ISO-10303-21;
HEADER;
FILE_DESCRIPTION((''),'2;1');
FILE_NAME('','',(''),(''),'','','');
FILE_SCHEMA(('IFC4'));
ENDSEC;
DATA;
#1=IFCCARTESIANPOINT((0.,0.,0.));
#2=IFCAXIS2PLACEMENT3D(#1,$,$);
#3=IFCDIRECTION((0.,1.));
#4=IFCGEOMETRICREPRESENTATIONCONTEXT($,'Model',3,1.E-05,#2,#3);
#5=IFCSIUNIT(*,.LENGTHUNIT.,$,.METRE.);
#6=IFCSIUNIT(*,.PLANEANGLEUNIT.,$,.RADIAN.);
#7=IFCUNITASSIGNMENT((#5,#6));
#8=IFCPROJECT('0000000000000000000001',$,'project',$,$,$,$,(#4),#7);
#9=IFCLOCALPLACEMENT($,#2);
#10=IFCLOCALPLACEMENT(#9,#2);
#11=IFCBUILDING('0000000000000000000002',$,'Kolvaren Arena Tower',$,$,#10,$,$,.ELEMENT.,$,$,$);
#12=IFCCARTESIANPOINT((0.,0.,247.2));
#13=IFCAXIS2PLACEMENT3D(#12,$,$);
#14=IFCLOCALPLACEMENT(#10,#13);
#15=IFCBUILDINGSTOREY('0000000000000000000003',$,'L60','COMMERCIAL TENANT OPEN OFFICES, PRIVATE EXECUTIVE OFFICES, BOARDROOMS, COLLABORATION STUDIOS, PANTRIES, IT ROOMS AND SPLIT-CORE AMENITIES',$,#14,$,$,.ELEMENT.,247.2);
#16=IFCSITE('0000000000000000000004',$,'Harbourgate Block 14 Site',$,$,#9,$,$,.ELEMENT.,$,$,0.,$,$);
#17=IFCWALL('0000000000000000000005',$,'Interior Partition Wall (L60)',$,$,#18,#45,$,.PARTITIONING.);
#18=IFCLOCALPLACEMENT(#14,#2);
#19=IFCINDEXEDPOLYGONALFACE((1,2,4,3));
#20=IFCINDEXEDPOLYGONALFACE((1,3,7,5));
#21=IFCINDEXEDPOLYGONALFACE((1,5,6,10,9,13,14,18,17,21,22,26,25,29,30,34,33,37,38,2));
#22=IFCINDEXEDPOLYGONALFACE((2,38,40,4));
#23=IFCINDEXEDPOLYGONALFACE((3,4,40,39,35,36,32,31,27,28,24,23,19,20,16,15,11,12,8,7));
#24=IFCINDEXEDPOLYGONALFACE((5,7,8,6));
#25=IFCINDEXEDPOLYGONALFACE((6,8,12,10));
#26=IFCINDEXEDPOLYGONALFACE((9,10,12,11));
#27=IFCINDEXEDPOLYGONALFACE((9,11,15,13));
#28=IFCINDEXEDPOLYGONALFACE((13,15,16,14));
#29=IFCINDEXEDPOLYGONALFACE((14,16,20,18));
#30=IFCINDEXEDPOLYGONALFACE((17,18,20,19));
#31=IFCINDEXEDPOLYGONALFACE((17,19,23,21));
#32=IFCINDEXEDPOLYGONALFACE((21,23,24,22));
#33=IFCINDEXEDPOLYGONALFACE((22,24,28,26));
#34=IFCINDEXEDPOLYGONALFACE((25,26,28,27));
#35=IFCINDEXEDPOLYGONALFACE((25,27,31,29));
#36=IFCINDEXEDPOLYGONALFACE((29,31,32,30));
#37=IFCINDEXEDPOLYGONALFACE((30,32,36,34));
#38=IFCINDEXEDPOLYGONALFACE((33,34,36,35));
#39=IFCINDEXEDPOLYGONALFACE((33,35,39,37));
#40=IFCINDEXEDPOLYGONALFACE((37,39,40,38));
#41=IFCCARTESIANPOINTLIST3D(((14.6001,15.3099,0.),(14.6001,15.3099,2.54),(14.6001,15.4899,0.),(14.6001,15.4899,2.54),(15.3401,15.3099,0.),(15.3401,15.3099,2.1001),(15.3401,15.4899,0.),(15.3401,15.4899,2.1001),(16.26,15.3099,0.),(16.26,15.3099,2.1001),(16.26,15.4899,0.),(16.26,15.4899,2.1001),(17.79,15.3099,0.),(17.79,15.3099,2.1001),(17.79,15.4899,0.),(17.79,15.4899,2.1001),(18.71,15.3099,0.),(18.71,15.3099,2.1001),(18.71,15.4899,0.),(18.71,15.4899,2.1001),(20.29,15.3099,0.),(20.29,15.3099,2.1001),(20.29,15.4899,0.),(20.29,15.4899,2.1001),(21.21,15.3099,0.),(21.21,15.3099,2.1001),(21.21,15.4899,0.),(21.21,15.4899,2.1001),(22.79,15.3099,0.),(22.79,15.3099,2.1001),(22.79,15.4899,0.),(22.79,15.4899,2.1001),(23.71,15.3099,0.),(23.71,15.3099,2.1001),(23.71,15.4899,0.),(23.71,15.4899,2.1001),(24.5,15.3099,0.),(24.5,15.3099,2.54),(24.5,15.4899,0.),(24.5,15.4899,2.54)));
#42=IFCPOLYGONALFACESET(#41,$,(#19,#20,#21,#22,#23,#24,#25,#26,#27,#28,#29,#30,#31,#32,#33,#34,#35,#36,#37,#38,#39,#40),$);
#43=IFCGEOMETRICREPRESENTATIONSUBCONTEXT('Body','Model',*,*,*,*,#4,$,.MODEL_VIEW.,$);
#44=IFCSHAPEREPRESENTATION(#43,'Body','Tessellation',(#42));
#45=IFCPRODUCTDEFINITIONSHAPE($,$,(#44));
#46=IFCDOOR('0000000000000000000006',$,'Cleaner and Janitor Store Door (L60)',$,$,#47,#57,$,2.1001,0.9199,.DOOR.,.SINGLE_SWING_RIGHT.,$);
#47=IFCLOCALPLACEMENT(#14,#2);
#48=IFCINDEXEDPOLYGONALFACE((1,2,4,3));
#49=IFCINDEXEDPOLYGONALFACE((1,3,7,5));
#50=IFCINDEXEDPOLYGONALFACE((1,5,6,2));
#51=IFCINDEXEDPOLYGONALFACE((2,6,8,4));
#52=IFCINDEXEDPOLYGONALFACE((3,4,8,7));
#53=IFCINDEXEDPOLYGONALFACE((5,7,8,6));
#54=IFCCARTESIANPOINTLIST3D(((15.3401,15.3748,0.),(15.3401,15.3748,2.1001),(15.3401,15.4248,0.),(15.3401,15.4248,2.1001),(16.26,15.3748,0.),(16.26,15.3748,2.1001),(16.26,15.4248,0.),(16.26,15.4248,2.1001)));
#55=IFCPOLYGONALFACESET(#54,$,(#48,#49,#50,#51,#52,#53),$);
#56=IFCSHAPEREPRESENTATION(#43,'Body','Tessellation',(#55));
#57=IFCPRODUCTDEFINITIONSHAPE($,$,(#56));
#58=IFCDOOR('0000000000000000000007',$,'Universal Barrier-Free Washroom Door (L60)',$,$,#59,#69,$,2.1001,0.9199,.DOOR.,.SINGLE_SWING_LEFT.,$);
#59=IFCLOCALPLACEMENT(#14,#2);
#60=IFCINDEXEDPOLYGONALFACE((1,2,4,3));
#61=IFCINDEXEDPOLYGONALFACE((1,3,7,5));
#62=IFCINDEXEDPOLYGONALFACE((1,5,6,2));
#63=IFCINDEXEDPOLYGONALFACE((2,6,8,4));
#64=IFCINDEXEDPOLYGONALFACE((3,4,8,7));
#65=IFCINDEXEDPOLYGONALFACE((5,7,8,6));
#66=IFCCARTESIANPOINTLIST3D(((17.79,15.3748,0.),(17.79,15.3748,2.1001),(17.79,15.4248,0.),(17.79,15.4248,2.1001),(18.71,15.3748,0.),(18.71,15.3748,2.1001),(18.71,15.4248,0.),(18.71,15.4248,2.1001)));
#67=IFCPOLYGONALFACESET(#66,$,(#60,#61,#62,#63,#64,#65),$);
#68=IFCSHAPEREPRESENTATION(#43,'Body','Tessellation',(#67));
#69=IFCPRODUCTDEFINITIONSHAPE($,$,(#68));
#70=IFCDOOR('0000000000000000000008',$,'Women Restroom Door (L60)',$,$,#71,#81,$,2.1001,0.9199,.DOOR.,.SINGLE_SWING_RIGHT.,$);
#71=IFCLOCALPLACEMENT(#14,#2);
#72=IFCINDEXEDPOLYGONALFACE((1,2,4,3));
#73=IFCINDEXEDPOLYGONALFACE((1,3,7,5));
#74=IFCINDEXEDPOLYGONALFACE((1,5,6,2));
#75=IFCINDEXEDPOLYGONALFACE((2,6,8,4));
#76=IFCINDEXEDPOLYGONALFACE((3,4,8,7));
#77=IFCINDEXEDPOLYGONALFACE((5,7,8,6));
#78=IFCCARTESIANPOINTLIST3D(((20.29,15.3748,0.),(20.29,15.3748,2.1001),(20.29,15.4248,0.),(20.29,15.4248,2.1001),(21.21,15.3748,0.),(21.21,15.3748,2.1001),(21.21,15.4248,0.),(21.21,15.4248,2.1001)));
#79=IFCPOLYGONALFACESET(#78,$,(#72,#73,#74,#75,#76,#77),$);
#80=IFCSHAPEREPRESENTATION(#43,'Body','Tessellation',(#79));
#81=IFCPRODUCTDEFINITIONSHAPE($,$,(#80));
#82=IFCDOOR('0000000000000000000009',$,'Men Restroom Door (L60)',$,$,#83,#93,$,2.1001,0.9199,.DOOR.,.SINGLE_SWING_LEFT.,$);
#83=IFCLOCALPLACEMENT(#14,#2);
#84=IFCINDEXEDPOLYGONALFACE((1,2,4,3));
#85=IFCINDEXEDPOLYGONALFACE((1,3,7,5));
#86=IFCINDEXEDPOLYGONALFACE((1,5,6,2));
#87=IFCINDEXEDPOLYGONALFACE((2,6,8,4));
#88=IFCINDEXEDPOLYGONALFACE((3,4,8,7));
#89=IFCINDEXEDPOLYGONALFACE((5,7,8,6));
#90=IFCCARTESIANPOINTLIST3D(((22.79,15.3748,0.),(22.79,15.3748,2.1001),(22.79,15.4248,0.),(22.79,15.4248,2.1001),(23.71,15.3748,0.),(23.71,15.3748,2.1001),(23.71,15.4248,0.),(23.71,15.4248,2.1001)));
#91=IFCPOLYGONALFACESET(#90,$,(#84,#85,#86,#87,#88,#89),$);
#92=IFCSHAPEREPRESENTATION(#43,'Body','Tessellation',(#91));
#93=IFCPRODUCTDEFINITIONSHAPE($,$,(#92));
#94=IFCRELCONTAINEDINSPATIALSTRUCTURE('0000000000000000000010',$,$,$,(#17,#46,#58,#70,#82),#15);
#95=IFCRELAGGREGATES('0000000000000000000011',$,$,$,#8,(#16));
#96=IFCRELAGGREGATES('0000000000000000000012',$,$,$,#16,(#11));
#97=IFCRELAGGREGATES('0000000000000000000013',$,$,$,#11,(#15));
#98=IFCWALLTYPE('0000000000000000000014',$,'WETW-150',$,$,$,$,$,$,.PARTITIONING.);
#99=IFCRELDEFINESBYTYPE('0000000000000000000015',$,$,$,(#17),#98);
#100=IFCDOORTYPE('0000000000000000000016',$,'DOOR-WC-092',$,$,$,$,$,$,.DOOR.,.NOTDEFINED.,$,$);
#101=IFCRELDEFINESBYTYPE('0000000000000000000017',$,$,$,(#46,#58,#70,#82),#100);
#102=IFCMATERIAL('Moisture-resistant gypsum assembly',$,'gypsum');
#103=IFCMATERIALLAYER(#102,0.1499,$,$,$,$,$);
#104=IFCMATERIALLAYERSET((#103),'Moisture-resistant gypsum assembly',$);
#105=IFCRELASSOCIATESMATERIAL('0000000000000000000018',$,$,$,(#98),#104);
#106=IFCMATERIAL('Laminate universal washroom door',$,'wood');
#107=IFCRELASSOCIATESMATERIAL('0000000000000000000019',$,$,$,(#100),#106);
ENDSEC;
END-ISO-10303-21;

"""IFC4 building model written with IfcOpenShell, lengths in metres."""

from ifc_helpers import new_model, si_unit, direction, frame, frame_2d, origin, place, context, subcontext, project, spatial, rectangle, extrude, material, layer, layer_set, type_object, element, fill, save


model = new_model("IFC4")

# Units and contexts
model_context = context("Model", 3, precision=1e-05, world=origin(), true_north=direction((0.0, 1.0)))
body_context = subcontext(model_context, "Body", "Model", "MODEL_VIEW")
ifc_project = project(units=[si_unit("LENGTHUNIT", "METRE"), si_unit("PLANEANGLEUNIT", "RADIAN")], contexts=[model_context])

# Site, building, storey
site_placement = place(None, origin())
site = spatial("IfcSite", under=ifc_project, at=site_placement, Name="Harbourgate Block 14 Site", CompositionType="ELEMENT", RefElevation=0.0)
building_placement = place(site_placement, origin())
building = spatial("IfcBuilding", under=site, at=building_placement, Name="Kolvaren Arena Tower", CompositionType="ELEMENT")
storey_placement = place(building_placement, frame((0.0, 0.0, 247.2)))
storey = spatial("IfcBuildingStorey", under=building, at=storey_placement, Name="L60", Description="COMMERCIAL TENANT OPEN OFFICES, PRIVATE EXECUTIVE OFFICES, BOARDROOMS, COLLABORATION STUDIOS, PANTRIES, IT ROOMS AND SPLIT-CORE AMENITIES", CompositionType="ELEMENT", Elevation=247.2)

# Wall, openings, doors
ifc_material_1 = material(Name="Moisture-resistant gypsum assembly", Category="gypsum")
ifc_layer_1 = layer(ifc_material_1, 0.1499)
ifc_layer_set_1 = layer_set([ifc_layer_1], Name="Moisture-resistant gypsum assembly")
wall_type_1 = type_object("IfcWallType", Name="WETW-150", PredefinedType="PARTITIONING", material=ifc_layer_set_1)
wall_1_placement = place(storey_placement, frame((14.6001, 15.3999, 0.0), z_axis=(0.0, 0.0, 1.0), x_axis=(1.0, 0.0, 0.0)))
wall_1 = element("IfcWall", 1, at=wall_1_placement, inside=storey, type_object=wall_type_1, Name="Interior Partition Wall (L60)", PredefinedType="PARTITIONING", context=body_context, shape_type="SweptSolid", body=[
    extrude(rectangle(XDim=9.8999, YDim=0.1799, at=frame_2d((4.95, 0.0))), origin(), (0.0, 0.0, 1.0), 2.54),
])
opening_1_placement = place(wall_1_placement, frame((0.74, 0.0, 0.0)))
opening_1 = element("IfcOpeningElement", 2, at=opening_1_placement, cuts=wall_1, PredefinedType="OPENING", context=body_context, shape_type="SweptSolid", body=[
    extrude(rectangle(XDim=0.9199, YDim=2.1001, at=frame_2d((0.46, 1.05))), frame((0.0, 0.0999, 0.0), z_axis=(0.0, -1.0, 0.0), x_axis=(1.0, 0.0, 0.0)), (0.0, 0.0, 1.0), 0.2),
])
opening_2_placement = place(wall_1_placement, frame((3.1899, 0.0, 0.0)))
opening_2 = element("IfcOpeningElement", 3, at=opening_2_placement, cuts=wall_1, PredefinedType="OPENING", context=body_context, shape_type="SweptSolid", body=[
    extrude(rectangle(XDim=0.9199, YDim=2.1001, at=frame_2d((0.46, 1.05))), frame((0.0, 0.0999, 0.0), z_axis=(0.0, -1.0, 0.0), x_axis=(1.0, 0.0, 0.0)), (0.0, 0.0, 1.0), 0.2),
])
opening_3_placement = place(wall_1_placement, frame((5.6899, 0.0, 0.0)))
opening_3 = element("IfcOpeningElement", 4, at=opening_3_placement, cuts=wall_1, PredefinedType="OPENING", context=body_context, shape_type="SweptSolid", body=[
    extrude(rectangle(XDim=0.9199, YDim=2.1001, at=frame_2d((0.46, 1.05))), frame((0.0, 0.0999, 0.0), z_axis=(0.0, -1.0, 0.0), x_axis=(1.0, 0.0, 0.0)), (0.0, 0.0, 1.0), 0.2),
])
opening_4_placement = place(wall_1_placement, frame((8.1899, 0.0, 0.0)))
opening_4 = element("IfcOpeningElement", 5, at=opening_4_placement, cuts=wall_1, PredefinedType="OPENING", context=body_context, shape_type="SweptSolid", body=[
    extrude(rectangle(XDim=0.9199, YDim=2.1001, at=frame_2d((0.46, 1.05))), frame((0.0, 0.0999, 0.0), z_axis=(0.0, -1.0, 0.0), x_axis=(1.0, 0.0, 0.0)), (0.0, 0.0, 1.0), 0.2),
])
ifc_material_2 = material(Name="Laminate universal washroom door", Category="wood")
door_type_1 = type_object("IfcDoorType", Name="DOOR-WC-092", OperationType="NOTDEFINED", PredefinedType="DOOR", material=ifc_material_2)
door_1_placement = place(opening_1_placement, origin())
door_1 = element("IfcDoor", 6, at=door_1_placement, inside=storey, type_object=door_type_1, Name="Cleaner and Janitor Store Door (L60)", OperationType="SINGLE_SWING_RIGHT", OverallHeight=2.1001, OverallWidth=0.9199, PredefinedType="DOOR", context=body_context, shape_type="SweptSolid", body=[
    extrude(rectangle(XDim=0.9199, YDim=2.1001, at=frame_2d((0.46, 1.05))), frame((0.0, 0.0249, 0.0), z_axis=(0.0, -1.0, 0.0), x_axis=(1.0, 0.0, 0.0)), (0.0, 0.0, 1.0), 0.05),
])
fill(opening_1, door_1)
door_2_placement = place(opening_2_placement, origin())
door_2 = element("IfcDoor", 7, at=door_2_placement, inside=storey, type_object=door_type_1, Name="Universal Barrier-Free Washroom Door (L60)", OperationType="SINGLE_SWING_LEFT", OverallHeight=2.1001, OverallWidth=0.9199, PredefinedType="DOOR", context=body_context, shape_type="SweptSolid", body=[
    extrude(rectangle(XDim=0.9199, YDim=2.1001, at=frame_2d((0.46, 1.05))), frame((0.0, 0.0249, 0.0), z_axis=(0.0, -1.0, 0.0), x_axis=(1.0, 0.0, 0.0)), (0.0, 0.0, 1.0), 0.05),
])
fill(opening_2, door_2)
door_3_placement = place(opening_3_placement, origin())
door_3 = element("IfcDoor", 8, at=door_3_placement, inside=storey, type_object=door_type_1, Name="Women Restroom Door (L60)", OperationType="SINGLE_SWING_RIGHT", OverallHeight=2.1001, OverallWidth=0.9199, PredefinedType="DOOR", context=body_context, shape_type="SweptSolid", body=[
    extrude(rectangle(XDim=0.9199, YDim=2.1001, at=frame_2d((0.46, 1.05))), frame((0.0, 0.0249, 0.0), z_axis=(0.0, -1.0, 0.0), x_axis=(1.0, 0.0, 0.0)), (0.0, 0.0, 1.0), 0.05),
])
fill(opening_3, door_3)
door_4_placement = place(opening_4_placement, origin())
door_4 = element("IfcDoor", 9, at=door_4_placement, inside=storey, type_object=door_type_1, Name="Men Restroom Door (L60)", OperationType="SINGLE_SWING_LEFT", OverallHeight=2.1001, OverallWidth=0.9199, PredefinedType="DOOR", context=body_context, shape_type="SweptSolid", body=[
    extrude(rectangle(XDim=0.9199, YDim=2.1001, at=frame_2d((0.46, 1.05))), frame((0.0, 0.0249, 0.0), z_axis=(0.0, -1.0, 0.0), x_axis=(1.0, 0.0, 0.0)), (0.0, 0.0, 1.0), 0.05),
])
fill(opening_4, door_4)

save(model, "model.ifc")
